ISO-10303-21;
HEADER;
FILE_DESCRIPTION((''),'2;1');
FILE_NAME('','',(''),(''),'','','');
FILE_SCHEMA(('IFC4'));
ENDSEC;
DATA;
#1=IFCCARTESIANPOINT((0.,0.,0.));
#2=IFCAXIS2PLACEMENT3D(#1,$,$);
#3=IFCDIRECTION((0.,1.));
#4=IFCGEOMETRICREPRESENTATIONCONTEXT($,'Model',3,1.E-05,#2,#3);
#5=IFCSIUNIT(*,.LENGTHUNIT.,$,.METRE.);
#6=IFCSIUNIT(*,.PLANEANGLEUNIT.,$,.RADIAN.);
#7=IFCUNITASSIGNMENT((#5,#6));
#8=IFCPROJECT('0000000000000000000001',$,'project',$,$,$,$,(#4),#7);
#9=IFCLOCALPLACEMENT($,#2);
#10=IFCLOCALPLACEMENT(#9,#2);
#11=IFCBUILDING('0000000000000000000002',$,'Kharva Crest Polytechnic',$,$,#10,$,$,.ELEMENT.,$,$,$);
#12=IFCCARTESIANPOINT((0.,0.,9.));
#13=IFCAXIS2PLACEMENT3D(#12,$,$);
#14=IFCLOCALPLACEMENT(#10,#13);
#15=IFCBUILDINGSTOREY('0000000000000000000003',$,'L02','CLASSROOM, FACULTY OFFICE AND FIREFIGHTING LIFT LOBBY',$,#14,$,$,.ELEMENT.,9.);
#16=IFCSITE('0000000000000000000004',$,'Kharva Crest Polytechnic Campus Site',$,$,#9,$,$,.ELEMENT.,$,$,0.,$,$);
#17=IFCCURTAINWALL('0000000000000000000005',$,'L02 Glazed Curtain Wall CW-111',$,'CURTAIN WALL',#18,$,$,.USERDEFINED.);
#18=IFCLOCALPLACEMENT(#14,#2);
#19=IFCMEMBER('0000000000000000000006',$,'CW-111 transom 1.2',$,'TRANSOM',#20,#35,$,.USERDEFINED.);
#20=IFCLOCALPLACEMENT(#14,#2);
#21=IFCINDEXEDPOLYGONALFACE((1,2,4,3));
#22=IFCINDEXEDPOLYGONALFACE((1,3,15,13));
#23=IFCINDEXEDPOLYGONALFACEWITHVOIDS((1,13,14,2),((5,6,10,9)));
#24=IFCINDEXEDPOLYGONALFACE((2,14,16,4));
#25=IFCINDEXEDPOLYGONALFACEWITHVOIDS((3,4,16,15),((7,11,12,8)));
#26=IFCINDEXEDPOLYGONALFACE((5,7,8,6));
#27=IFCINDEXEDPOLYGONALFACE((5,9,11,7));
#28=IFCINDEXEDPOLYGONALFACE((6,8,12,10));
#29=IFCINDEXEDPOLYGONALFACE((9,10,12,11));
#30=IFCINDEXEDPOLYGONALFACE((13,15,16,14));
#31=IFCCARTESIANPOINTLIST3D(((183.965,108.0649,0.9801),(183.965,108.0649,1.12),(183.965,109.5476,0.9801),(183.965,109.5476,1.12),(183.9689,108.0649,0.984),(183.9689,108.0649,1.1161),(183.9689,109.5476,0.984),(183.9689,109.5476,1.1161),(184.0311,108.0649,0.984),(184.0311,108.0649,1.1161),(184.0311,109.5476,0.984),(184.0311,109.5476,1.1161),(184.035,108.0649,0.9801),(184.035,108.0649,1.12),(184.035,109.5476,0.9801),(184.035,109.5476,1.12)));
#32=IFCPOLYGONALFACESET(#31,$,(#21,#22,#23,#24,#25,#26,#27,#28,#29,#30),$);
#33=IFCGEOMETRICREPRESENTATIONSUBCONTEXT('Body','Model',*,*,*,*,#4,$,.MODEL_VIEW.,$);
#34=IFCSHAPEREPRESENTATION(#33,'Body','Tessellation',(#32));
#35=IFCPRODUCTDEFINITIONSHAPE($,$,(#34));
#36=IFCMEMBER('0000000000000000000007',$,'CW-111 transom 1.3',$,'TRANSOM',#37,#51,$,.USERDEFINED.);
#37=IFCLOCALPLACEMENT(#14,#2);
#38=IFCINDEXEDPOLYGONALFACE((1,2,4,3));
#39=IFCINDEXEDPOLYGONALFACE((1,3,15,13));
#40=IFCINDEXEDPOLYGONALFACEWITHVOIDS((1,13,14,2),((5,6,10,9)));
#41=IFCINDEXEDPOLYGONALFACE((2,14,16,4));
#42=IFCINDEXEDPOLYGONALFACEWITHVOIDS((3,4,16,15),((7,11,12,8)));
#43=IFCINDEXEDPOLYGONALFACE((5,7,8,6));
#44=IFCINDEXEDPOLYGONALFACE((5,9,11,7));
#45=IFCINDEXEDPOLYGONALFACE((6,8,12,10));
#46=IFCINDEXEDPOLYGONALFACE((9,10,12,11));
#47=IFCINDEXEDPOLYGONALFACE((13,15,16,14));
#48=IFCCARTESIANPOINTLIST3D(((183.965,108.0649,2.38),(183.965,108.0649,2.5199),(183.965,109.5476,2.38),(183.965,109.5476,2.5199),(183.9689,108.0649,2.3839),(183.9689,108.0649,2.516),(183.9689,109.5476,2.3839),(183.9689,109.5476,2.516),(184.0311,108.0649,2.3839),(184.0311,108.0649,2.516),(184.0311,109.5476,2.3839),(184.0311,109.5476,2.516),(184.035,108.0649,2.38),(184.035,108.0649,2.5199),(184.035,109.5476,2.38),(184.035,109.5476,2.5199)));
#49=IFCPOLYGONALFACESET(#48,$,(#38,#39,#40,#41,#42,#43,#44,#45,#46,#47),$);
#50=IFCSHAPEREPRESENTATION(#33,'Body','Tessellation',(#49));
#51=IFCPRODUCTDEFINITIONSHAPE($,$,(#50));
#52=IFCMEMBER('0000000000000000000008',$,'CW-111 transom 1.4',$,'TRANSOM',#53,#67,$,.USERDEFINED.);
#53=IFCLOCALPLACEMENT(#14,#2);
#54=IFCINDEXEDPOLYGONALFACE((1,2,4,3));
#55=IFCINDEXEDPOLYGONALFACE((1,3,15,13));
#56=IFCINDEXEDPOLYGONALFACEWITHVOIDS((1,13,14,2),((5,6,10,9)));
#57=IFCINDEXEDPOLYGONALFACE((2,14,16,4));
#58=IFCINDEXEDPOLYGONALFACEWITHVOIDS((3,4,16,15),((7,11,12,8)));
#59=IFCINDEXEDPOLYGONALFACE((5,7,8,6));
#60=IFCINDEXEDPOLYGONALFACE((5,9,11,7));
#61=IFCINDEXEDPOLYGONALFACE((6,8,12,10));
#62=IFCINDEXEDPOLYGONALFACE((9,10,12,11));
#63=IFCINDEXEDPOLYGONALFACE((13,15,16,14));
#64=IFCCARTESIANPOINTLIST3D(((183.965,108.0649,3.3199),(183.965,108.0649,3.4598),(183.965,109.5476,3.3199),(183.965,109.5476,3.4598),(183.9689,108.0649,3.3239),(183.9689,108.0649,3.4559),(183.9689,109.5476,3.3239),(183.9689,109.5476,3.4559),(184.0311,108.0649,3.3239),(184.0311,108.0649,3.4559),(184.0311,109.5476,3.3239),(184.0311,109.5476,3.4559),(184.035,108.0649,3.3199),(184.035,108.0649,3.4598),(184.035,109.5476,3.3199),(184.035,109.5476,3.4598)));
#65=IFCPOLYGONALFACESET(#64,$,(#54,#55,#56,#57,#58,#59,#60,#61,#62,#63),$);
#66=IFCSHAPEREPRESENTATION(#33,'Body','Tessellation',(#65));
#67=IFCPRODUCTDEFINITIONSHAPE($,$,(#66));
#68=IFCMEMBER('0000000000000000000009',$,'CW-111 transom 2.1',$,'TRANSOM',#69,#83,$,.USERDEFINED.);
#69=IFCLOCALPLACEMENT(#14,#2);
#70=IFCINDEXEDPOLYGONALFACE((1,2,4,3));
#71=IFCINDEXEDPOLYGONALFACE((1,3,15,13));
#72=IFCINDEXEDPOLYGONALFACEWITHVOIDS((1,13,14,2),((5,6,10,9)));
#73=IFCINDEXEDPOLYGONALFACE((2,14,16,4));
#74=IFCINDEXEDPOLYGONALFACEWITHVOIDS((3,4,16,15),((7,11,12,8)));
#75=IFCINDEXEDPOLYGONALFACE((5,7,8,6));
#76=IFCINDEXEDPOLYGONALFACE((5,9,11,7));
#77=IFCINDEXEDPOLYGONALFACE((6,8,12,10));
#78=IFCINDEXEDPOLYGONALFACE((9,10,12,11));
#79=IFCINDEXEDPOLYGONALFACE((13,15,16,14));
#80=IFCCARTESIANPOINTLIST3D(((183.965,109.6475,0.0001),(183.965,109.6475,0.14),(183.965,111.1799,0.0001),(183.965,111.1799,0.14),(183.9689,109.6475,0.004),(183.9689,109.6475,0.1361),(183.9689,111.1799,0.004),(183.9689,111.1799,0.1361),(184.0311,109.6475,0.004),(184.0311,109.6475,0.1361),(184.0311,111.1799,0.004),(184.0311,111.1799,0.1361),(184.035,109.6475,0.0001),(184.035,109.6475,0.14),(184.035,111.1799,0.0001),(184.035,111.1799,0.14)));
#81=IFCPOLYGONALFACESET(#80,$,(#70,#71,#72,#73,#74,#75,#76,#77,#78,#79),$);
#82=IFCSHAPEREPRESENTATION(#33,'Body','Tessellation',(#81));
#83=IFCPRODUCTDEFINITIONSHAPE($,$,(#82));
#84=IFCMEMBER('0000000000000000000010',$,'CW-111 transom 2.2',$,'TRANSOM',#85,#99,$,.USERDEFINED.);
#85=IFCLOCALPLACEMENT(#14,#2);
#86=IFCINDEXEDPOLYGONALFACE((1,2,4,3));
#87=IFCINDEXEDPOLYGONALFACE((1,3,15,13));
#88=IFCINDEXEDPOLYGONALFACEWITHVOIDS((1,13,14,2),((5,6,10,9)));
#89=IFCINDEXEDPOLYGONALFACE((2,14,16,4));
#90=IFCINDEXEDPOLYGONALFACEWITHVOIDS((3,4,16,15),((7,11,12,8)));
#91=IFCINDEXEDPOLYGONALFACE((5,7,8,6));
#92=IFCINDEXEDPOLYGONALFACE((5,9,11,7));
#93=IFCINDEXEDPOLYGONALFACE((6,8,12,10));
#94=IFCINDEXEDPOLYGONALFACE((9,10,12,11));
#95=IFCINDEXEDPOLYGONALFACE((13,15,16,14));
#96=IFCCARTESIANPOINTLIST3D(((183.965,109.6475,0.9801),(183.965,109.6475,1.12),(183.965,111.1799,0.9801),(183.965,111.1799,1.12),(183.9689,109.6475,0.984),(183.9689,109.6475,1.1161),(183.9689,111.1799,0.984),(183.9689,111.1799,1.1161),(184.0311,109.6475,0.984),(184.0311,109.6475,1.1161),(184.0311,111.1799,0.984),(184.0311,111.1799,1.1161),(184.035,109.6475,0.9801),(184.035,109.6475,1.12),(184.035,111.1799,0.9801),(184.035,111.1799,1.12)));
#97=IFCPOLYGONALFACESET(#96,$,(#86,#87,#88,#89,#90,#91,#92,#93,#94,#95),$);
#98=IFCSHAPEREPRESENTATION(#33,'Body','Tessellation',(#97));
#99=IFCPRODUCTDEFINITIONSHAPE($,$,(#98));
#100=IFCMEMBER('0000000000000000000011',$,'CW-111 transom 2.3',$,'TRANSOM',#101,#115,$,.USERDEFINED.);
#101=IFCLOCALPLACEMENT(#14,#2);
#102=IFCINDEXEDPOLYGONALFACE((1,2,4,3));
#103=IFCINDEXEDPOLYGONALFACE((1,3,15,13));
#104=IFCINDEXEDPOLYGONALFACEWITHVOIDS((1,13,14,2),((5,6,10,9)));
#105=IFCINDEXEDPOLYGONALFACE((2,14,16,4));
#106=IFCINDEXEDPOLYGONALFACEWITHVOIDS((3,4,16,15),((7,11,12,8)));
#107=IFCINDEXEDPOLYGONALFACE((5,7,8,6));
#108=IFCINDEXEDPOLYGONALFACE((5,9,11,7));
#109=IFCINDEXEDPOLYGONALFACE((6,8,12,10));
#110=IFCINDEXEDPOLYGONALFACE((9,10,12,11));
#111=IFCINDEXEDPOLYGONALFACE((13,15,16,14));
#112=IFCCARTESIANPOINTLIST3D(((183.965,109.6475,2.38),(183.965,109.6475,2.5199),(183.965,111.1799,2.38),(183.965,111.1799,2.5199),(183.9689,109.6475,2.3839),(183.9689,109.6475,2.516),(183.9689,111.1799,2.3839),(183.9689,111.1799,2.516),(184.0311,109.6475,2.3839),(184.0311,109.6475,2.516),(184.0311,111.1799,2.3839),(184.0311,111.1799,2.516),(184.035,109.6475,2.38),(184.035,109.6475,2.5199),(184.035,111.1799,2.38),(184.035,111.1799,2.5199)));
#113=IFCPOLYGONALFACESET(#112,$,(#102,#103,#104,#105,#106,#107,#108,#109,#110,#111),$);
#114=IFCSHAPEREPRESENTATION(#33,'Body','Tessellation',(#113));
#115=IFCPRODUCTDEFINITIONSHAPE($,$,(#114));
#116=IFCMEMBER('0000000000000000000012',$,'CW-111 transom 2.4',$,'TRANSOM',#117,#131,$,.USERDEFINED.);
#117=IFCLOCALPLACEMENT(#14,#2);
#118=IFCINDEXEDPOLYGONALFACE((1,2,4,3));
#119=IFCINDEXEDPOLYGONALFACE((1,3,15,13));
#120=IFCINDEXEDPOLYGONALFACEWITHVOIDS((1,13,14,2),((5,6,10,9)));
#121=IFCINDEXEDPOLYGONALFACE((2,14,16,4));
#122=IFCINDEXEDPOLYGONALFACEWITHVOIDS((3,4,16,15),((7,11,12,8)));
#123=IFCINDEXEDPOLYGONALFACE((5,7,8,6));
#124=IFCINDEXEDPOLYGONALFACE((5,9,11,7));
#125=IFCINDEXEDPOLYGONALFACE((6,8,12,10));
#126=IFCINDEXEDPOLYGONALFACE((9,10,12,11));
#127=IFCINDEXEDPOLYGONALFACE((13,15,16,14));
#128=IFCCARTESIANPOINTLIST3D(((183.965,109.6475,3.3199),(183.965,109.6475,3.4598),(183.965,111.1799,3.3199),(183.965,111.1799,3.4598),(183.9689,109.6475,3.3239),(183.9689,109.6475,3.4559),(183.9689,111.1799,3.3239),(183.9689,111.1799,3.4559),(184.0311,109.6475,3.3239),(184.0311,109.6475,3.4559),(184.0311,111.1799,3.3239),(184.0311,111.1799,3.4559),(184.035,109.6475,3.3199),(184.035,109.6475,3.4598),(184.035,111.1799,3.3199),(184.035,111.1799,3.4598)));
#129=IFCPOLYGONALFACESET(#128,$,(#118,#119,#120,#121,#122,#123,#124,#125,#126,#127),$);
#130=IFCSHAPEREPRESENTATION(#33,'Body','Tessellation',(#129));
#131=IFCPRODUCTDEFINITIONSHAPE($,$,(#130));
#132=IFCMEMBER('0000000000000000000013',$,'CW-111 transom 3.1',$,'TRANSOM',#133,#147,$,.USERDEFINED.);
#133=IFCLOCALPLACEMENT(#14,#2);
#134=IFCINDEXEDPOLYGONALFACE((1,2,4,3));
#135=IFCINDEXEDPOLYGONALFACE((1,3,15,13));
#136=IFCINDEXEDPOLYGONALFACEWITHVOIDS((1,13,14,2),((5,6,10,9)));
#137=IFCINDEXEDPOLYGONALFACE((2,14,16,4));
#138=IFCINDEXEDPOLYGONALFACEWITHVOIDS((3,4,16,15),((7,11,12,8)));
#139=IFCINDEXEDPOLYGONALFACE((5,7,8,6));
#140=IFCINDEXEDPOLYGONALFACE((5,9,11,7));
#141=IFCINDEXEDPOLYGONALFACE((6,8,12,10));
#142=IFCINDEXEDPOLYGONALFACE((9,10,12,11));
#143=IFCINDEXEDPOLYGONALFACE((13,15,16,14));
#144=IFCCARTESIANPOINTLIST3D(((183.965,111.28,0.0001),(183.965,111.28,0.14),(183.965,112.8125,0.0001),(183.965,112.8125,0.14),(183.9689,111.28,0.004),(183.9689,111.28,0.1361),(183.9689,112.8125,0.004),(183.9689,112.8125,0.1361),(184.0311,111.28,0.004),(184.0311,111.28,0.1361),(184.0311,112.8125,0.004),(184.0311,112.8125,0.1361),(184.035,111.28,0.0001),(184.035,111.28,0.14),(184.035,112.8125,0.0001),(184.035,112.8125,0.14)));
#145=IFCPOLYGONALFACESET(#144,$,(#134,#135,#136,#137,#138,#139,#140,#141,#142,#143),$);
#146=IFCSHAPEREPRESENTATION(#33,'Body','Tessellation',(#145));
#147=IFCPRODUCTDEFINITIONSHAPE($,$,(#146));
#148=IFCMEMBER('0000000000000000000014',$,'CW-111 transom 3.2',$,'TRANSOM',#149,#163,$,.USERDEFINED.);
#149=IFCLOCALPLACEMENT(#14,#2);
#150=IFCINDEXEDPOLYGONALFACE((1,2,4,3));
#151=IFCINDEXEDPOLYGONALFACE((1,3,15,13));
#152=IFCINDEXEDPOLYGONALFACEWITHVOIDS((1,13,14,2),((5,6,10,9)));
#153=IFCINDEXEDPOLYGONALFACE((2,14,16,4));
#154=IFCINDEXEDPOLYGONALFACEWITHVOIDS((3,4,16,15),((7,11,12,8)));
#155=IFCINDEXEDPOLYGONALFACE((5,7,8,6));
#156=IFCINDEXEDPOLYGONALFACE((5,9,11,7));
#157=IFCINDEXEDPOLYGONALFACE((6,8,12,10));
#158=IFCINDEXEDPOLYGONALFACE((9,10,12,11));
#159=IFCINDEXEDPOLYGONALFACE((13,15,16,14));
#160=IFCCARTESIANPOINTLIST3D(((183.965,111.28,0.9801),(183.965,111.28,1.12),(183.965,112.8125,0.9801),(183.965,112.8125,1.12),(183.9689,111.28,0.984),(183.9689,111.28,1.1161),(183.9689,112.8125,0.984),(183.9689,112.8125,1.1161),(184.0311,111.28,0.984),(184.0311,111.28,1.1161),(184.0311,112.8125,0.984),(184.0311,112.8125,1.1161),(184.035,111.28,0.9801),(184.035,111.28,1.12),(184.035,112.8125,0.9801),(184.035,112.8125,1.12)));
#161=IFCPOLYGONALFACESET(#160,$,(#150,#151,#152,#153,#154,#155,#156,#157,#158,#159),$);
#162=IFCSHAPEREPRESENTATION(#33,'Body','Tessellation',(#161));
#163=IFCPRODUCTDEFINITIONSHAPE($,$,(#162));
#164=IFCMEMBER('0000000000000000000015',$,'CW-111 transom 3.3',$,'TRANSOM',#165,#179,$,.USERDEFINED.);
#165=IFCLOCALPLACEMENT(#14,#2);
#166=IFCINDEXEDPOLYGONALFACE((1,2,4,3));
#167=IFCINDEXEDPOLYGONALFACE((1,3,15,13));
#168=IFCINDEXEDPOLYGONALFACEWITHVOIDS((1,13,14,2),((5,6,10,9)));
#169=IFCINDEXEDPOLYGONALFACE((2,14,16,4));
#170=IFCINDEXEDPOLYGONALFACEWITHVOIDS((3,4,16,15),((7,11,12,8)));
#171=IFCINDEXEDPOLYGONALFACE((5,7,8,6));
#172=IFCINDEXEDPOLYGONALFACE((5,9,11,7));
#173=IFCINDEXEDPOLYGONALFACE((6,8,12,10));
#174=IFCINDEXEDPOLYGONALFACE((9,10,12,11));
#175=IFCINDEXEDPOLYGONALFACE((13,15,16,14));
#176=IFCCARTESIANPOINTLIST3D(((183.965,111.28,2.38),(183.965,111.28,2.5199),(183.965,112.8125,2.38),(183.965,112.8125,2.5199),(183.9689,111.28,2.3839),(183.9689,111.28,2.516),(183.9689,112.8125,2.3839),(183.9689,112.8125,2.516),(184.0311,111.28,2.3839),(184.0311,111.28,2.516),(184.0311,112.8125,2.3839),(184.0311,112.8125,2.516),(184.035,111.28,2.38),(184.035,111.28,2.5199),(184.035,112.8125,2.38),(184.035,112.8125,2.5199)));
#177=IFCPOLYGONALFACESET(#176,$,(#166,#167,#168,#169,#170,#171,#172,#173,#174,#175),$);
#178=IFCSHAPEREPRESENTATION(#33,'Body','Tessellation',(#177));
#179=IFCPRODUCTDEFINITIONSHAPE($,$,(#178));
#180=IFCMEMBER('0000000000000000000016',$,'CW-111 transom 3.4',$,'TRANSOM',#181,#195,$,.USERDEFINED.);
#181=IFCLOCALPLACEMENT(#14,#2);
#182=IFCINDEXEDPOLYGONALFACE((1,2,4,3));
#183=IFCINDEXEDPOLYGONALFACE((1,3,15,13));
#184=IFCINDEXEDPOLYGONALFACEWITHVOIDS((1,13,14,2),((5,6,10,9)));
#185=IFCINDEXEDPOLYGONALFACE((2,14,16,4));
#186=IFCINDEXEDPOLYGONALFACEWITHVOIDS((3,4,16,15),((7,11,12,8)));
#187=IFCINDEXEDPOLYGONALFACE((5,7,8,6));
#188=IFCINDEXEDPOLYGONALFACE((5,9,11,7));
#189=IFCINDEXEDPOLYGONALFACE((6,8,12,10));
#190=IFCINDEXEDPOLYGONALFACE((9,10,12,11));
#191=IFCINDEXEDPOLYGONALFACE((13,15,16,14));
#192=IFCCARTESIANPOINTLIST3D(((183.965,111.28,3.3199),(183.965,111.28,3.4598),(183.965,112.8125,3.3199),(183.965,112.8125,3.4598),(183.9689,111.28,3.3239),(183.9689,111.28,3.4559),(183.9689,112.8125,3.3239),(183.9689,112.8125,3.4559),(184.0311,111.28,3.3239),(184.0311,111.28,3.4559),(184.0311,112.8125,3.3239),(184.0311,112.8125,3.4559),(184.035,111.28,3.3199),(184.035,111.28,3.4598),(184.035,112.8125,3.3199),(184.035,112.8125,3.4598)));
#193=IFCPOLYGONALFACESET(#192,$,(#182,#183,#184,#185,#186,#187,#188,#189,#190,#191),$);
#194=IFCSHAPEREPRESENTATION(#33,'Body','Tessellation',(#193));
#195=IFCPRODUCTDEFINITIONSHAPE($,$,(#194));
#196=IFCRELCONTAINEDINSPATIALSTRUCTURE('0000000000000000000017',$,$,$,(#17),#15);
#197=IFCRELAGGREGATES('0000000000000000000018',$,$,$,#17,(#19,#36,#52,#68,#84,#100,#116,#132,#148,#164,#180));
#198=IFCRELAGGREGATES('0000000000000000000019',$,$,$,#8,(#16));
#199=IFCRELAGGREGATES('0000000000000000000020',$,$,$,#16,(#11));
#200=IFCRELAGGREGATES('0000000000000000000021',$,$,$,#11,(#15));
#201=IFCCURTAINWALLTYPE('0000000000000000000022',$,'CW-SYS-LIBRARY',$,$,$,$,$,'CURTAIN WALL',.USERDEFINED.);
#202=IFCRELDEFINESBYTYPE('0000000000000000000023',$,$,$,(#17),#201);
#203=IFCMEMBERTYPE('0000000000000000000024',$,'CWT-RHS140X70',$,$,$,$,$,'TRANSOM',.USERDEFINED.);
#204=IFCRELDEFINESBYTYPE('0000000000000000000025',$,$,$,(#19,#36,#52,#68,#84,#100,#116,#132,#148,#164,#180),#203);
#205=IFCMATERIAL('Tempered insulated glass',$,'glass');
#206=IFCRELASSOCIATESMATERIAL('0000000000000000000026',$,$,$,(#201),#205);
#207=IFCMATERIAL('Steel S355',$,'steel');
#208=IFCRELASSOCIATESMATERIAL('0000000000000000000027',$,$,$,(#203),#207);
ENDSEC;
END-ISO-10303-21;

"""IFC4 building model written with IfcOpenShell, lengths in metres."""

from ifc_helpers import new_model, si_unit, direction, frame, origin, origin_2d, place, context, subcontext, project, spatial, hollow_rectangle, extrude, material, material_profile, profile_set, type_object, element, aggregate, save


model = new_model("IFC4")

# Units and contexts
model_context = context("Model", 3, precision=1e-05, world=origin(), true_north=direction((0.0, 1.0)))
body_context = subcontext(model_context, "Body", "Model", "MODEL_VIEW")
ifc_project = project(units=[si_unit("LENGTHUNIT", "METRE"), si_unit("PLANEANGLEUNIT", "RADIAN")], contexts=[model_context])

# Site, building, storey
site_placement = place(None, origin())
site = spatial("IfcSite", under=ifc_project, at=site_placement, Name="Kharva Crest Polytechnic Campus Site", CompositionType="ELEMENT", RefElevation=0.0)
building_placement = place(site_placement, origin())
building = spatial("IfcBuilding", under=site, at=building_placement, Name="Kharva Crest Polytechnic", CompositionType="ELEMENT")
storey_placement = place(building_placement, frame((0.0, 0.0, 9.0)))
storey = spatial("IfcBuildingStorey", under=building, at=storey_placement, Name="L02", Description="CLASSROOM, FACULTY OFFICE AND FIREFIGHTING LIFT LOBBY", CompositionType="ELEMENT", Elevation=9.0)

# Shared definitions
ifc_material_1 = material(Name="Tempered insulated glass", Category="glass")
curtain_wall_type = type_object("IfcCurtainWallType", Name="CW-SYS-LIBRARY", ElementType="CURTAIN WALL", PredefinedType="USERDEFINED", material=ifc_material_1)
ifc_material_2 = material(Name="Steel S355", Category="steel")

# Curtain wall, members
curtain_wall_1_placement = place(storey_placement, origin())
curtain_wall_1 = element("IfcCurtainWall", 1, at=curtain_wall_1_placement, inside=storey, type_object=curtain_wall_type, Name="L02 Glazed Curtain Wall CW-111", ObjectType="CURTAIN WALL", PredefinedType="USERDEFINED")
ifc_material_profile_1 = material_profile(ifc_material_2, hollow_rectangle(XDim=0.0701, YDim=0.1399, WallThickness=0.0039, at=origin_2d()), Name="RHS 140X70X4.0")
ifc_profile_set_1 = profile_set([ifc_material_profile_1], Name="Steel S355")
member_type_1 = type_object("IfcMemberType", Name="CWT-RHS140X70", ElementType="TRANSOM", PredefinedType="USERDEFINED", material=ifc_profile_set_1)
member_1_placement = place(storey_placement, frame((184.0, 108.0649, 1.05), z_axis=(0.0, 1.0, 0.0), x_axis=(-1.0, 0.0, 0.0)))
member_1 = element("IfcMember", 2, at=member_1_placement, type_object=member_type_1, Name="CW-111 transom 1.2", ObjectType="TRANSOM", PredefinedType="USERDEFINED", context=body_context, shape_type="SweptSolid", body=[
    extrude(hollow_rectangle(XDim=0.0701, YDim=0.1399, WallThickness=0.0039, at=origin_2d()), origin(), (0.0, 0.0, 1.0), 1.4827),
])
member_2_placement = place(storey_placement, frame((184.0, 108.0649, 2.45), z_axis=(0.0, 1.0, 0.0), x_axis=(-1.0, 0.0, 0.0)))
member_2 = element("IfcMember", 3, at=member_2_placement, type_object=member_type_1, Name="CW-111 transom 1.3", ObjectType="TRANSOM", PredefinedType="USERDEFINED", context=body_context, shape_type="SweptSolid", body=[
    extrude(hollow_rectangle(XDim=0.0701, YDim=0.1399, WallThickness=0.0039, at=origin_2d()), origin(), (0.0, 0.0, 1.0), 1.4827),
])
member_3_placement = place(storey_placement, frame((184.0, 108.0649, 3.3899), z_axis=(0.0, 1.0, 0.0), x_axis=(-1.0, 0.0, 0.0)))
member_3 = element("IfcMember", 4, at=member_3_placement, type_object=member_type_1, Name="CW-111 transom 1.4", ObjectType="TRANSOM", PredefinedType="USERDEFINED", context=body_context, shape_type="SweptSolid", body=[
    extrude(hollow_rectangle(XDim=0.0701, YDim=0.1399, WallThickness=0.0039, at=origin_2d()), origin(), (0.0, 0.0, 1.0), 1.4827),
])
member_4_placement = place(storey_placement, frame((184.0, 109.6475, 0.0701), z_axis=(0.0, 1.0, 0.0), x_axis=(-1.0, 0.0, 0.0)))
member_4 = element("IfcMember", 5, at=member_4_placement, type_object=member_type_1, Name="CW-111 transom 2.1", ObjectType="TRANSOM", PredefinedType="USERDEFINED", context=body_context, shape_type="SweptSolid", body=[
    extrude(hollow_rectangle(XDim=0.0701, YDim=0.1399, WallThickness=0.0039, at=origin_2d()), origin(), (0.0, 0.0, 1.0), 1.5325),
])
member_5_placement = place(storey_placement, frame((184.0, 109.6475, 1.05), z_axis=(0.0, 1.0, 0.0), x_axis=(-1.0, 0.0, 0.0)))
member_5 = element("IfcMember", 6, at=member_5_placement, type_object=member_type_1, Name="CW-111 transom 2.2", ObjectType="TRANSOM", PredefinedType="USERDEFINED", context=body_context, shape_type="SweptSolid", body=[
    extrude(hollow_rectangle(XDim=0.0701, YDim=0.1399, WallThickness=0.0039, at=origin_2d()), origin(), (0.0, 0.0, 1.0), 1.5325),
])
member_6_placement = place(storey_placement, frame((184.0, 109.6475, 2.45), z_axis=(0.0, 1.0, 0.0), x_axis=(-1.0, 0.0, 0.0)))
member_6 = element("IfcMember", 7, at=member_6_placement, type_object=member_type_1, Name="CW-111 transom 2.3", ObjectType="TRANSOM", PredefinedType="USERDEFINED", context=body_context, shape_type="SweptSolid", body=[
    extrude(hollow_rectangle(XDim=0.0701, YDim=0.1399, WallThickness=0.0039, at=origin_2d()), origin(), (0.0, 0.0, 1.0), 1.5325),
])
member_7_placement = place(storey_placement, frame((184.0, 109.6475, 3.3899), z_axis=(0.0, 1.0, 0.0), x_axis=(-1.0, 0.0, 0.0)))
member_7 = element("IfcMember", 8, at=member_7_placement, type_object=member_type_1, Name="CW-111 transom 2.4", ObjectType="TRANSOM", PredefinedType="USERDEFINED", context=body_context, shape_type="SweptSolid", body=[
    extrude(hollow_rectangle(XDim=0.0701, YDim=0.1399, WallThickness=0.0039, at=origin_2d()), origin(), (0.0, 0.0, 1.0), 1.5325),
])
member_8_placement = place(storey_placement, frame((184.0, 111.28, 0.0701), z_axis=(0.0, 1.0, 0.0), x_axis=(-1.0, 0.0, 0.0)))
member_8 = element("IfcMember", 9, at=member_8_placement, type_object=member_type_1, Name="CW-111 transom 3.1", ObjectType="TRANSOM", PredefinedType="USERDEFINED", context=body_context, shape_type="SweptSolid", body=[
    extrude(hollow_rectangle(XDim=0.0701, YDim=0.1399, WallThickness=0.0039, at=origin_2d()), origin(), (0.0, 0.0, 1.0), 1.5325),
])
member_9_placement = place(storey_placement, frame((184.0, 111.28, 1.05), z_axis=(0.0, 1.0, 0.0), x_axis=(-1.0, 0.0, 0.0)))
member_9 = element("IfcMember", 10, at=member_9_placement, type_object=member_type_1, Name="CW-111 transom 3.2", ObjectType="TRANSOM", PredefinedType="USERDEFINED", context=body_context, shape_type="SweptSolid", body=[
    extrude(hollow_rectangle(XDim=0.0701, YDim=0.1399, WallThickness=0.0039, at=origin_2d()), origin(), (0.0, 0.0, 1.0), 1.5325),
])
member_10_placement = place(storey_placement, frame((184.0, 111.28, 2.45), z_axis=(0.0, 1.0, 0.0), x_axis=(-1.0, 0.0, 0.0)))
member_10 = element("IfcMember", 11, at=member_10_placement, type_object=member_type_1, Name="CW-111 transom 3.3", ObjectType="TRANSOM", PredefinedType="USERDEFINED", context=body_context, shape_type="SweptSolid", body=[
    extrude(hollow_rectangle(XDim=0.0701, YDim=0.1399, WallThickness=0.0039, at=origin_2d()), origin(), (0.0, 0.0, 1.0), 1.5325),
])
member_11_placement = place(storey_placement, frame((184.0, 111.28, 3.3899), z_axis=(0.0, 1.0, 0.0), x_axis=(-1.0, 0.0, 0.0)))
member_11 = element("IfcMember", 12, at=member_11_placement, type_object=member_type_1, Name="CW-111 transom 3.4", ObjectType="TRANSOM", PredefinedType="USERDEFINED", context=body_context, shape_type="SweptSolid", body=[
    extrude(hollow_rectangle(XDim=0.0701, YDim=0.1399, WallThickness=0.0039, at=origin_2d()), origin(), (0.0, 0.0, 1.0), 1.5325),
])

aggregate(curtain_wall_1, [member_1, member_2, member_3, member_4, member_5, member_6, member_7, member_8, member_9, member_10, member_11])

save(model, "model.ifc")
